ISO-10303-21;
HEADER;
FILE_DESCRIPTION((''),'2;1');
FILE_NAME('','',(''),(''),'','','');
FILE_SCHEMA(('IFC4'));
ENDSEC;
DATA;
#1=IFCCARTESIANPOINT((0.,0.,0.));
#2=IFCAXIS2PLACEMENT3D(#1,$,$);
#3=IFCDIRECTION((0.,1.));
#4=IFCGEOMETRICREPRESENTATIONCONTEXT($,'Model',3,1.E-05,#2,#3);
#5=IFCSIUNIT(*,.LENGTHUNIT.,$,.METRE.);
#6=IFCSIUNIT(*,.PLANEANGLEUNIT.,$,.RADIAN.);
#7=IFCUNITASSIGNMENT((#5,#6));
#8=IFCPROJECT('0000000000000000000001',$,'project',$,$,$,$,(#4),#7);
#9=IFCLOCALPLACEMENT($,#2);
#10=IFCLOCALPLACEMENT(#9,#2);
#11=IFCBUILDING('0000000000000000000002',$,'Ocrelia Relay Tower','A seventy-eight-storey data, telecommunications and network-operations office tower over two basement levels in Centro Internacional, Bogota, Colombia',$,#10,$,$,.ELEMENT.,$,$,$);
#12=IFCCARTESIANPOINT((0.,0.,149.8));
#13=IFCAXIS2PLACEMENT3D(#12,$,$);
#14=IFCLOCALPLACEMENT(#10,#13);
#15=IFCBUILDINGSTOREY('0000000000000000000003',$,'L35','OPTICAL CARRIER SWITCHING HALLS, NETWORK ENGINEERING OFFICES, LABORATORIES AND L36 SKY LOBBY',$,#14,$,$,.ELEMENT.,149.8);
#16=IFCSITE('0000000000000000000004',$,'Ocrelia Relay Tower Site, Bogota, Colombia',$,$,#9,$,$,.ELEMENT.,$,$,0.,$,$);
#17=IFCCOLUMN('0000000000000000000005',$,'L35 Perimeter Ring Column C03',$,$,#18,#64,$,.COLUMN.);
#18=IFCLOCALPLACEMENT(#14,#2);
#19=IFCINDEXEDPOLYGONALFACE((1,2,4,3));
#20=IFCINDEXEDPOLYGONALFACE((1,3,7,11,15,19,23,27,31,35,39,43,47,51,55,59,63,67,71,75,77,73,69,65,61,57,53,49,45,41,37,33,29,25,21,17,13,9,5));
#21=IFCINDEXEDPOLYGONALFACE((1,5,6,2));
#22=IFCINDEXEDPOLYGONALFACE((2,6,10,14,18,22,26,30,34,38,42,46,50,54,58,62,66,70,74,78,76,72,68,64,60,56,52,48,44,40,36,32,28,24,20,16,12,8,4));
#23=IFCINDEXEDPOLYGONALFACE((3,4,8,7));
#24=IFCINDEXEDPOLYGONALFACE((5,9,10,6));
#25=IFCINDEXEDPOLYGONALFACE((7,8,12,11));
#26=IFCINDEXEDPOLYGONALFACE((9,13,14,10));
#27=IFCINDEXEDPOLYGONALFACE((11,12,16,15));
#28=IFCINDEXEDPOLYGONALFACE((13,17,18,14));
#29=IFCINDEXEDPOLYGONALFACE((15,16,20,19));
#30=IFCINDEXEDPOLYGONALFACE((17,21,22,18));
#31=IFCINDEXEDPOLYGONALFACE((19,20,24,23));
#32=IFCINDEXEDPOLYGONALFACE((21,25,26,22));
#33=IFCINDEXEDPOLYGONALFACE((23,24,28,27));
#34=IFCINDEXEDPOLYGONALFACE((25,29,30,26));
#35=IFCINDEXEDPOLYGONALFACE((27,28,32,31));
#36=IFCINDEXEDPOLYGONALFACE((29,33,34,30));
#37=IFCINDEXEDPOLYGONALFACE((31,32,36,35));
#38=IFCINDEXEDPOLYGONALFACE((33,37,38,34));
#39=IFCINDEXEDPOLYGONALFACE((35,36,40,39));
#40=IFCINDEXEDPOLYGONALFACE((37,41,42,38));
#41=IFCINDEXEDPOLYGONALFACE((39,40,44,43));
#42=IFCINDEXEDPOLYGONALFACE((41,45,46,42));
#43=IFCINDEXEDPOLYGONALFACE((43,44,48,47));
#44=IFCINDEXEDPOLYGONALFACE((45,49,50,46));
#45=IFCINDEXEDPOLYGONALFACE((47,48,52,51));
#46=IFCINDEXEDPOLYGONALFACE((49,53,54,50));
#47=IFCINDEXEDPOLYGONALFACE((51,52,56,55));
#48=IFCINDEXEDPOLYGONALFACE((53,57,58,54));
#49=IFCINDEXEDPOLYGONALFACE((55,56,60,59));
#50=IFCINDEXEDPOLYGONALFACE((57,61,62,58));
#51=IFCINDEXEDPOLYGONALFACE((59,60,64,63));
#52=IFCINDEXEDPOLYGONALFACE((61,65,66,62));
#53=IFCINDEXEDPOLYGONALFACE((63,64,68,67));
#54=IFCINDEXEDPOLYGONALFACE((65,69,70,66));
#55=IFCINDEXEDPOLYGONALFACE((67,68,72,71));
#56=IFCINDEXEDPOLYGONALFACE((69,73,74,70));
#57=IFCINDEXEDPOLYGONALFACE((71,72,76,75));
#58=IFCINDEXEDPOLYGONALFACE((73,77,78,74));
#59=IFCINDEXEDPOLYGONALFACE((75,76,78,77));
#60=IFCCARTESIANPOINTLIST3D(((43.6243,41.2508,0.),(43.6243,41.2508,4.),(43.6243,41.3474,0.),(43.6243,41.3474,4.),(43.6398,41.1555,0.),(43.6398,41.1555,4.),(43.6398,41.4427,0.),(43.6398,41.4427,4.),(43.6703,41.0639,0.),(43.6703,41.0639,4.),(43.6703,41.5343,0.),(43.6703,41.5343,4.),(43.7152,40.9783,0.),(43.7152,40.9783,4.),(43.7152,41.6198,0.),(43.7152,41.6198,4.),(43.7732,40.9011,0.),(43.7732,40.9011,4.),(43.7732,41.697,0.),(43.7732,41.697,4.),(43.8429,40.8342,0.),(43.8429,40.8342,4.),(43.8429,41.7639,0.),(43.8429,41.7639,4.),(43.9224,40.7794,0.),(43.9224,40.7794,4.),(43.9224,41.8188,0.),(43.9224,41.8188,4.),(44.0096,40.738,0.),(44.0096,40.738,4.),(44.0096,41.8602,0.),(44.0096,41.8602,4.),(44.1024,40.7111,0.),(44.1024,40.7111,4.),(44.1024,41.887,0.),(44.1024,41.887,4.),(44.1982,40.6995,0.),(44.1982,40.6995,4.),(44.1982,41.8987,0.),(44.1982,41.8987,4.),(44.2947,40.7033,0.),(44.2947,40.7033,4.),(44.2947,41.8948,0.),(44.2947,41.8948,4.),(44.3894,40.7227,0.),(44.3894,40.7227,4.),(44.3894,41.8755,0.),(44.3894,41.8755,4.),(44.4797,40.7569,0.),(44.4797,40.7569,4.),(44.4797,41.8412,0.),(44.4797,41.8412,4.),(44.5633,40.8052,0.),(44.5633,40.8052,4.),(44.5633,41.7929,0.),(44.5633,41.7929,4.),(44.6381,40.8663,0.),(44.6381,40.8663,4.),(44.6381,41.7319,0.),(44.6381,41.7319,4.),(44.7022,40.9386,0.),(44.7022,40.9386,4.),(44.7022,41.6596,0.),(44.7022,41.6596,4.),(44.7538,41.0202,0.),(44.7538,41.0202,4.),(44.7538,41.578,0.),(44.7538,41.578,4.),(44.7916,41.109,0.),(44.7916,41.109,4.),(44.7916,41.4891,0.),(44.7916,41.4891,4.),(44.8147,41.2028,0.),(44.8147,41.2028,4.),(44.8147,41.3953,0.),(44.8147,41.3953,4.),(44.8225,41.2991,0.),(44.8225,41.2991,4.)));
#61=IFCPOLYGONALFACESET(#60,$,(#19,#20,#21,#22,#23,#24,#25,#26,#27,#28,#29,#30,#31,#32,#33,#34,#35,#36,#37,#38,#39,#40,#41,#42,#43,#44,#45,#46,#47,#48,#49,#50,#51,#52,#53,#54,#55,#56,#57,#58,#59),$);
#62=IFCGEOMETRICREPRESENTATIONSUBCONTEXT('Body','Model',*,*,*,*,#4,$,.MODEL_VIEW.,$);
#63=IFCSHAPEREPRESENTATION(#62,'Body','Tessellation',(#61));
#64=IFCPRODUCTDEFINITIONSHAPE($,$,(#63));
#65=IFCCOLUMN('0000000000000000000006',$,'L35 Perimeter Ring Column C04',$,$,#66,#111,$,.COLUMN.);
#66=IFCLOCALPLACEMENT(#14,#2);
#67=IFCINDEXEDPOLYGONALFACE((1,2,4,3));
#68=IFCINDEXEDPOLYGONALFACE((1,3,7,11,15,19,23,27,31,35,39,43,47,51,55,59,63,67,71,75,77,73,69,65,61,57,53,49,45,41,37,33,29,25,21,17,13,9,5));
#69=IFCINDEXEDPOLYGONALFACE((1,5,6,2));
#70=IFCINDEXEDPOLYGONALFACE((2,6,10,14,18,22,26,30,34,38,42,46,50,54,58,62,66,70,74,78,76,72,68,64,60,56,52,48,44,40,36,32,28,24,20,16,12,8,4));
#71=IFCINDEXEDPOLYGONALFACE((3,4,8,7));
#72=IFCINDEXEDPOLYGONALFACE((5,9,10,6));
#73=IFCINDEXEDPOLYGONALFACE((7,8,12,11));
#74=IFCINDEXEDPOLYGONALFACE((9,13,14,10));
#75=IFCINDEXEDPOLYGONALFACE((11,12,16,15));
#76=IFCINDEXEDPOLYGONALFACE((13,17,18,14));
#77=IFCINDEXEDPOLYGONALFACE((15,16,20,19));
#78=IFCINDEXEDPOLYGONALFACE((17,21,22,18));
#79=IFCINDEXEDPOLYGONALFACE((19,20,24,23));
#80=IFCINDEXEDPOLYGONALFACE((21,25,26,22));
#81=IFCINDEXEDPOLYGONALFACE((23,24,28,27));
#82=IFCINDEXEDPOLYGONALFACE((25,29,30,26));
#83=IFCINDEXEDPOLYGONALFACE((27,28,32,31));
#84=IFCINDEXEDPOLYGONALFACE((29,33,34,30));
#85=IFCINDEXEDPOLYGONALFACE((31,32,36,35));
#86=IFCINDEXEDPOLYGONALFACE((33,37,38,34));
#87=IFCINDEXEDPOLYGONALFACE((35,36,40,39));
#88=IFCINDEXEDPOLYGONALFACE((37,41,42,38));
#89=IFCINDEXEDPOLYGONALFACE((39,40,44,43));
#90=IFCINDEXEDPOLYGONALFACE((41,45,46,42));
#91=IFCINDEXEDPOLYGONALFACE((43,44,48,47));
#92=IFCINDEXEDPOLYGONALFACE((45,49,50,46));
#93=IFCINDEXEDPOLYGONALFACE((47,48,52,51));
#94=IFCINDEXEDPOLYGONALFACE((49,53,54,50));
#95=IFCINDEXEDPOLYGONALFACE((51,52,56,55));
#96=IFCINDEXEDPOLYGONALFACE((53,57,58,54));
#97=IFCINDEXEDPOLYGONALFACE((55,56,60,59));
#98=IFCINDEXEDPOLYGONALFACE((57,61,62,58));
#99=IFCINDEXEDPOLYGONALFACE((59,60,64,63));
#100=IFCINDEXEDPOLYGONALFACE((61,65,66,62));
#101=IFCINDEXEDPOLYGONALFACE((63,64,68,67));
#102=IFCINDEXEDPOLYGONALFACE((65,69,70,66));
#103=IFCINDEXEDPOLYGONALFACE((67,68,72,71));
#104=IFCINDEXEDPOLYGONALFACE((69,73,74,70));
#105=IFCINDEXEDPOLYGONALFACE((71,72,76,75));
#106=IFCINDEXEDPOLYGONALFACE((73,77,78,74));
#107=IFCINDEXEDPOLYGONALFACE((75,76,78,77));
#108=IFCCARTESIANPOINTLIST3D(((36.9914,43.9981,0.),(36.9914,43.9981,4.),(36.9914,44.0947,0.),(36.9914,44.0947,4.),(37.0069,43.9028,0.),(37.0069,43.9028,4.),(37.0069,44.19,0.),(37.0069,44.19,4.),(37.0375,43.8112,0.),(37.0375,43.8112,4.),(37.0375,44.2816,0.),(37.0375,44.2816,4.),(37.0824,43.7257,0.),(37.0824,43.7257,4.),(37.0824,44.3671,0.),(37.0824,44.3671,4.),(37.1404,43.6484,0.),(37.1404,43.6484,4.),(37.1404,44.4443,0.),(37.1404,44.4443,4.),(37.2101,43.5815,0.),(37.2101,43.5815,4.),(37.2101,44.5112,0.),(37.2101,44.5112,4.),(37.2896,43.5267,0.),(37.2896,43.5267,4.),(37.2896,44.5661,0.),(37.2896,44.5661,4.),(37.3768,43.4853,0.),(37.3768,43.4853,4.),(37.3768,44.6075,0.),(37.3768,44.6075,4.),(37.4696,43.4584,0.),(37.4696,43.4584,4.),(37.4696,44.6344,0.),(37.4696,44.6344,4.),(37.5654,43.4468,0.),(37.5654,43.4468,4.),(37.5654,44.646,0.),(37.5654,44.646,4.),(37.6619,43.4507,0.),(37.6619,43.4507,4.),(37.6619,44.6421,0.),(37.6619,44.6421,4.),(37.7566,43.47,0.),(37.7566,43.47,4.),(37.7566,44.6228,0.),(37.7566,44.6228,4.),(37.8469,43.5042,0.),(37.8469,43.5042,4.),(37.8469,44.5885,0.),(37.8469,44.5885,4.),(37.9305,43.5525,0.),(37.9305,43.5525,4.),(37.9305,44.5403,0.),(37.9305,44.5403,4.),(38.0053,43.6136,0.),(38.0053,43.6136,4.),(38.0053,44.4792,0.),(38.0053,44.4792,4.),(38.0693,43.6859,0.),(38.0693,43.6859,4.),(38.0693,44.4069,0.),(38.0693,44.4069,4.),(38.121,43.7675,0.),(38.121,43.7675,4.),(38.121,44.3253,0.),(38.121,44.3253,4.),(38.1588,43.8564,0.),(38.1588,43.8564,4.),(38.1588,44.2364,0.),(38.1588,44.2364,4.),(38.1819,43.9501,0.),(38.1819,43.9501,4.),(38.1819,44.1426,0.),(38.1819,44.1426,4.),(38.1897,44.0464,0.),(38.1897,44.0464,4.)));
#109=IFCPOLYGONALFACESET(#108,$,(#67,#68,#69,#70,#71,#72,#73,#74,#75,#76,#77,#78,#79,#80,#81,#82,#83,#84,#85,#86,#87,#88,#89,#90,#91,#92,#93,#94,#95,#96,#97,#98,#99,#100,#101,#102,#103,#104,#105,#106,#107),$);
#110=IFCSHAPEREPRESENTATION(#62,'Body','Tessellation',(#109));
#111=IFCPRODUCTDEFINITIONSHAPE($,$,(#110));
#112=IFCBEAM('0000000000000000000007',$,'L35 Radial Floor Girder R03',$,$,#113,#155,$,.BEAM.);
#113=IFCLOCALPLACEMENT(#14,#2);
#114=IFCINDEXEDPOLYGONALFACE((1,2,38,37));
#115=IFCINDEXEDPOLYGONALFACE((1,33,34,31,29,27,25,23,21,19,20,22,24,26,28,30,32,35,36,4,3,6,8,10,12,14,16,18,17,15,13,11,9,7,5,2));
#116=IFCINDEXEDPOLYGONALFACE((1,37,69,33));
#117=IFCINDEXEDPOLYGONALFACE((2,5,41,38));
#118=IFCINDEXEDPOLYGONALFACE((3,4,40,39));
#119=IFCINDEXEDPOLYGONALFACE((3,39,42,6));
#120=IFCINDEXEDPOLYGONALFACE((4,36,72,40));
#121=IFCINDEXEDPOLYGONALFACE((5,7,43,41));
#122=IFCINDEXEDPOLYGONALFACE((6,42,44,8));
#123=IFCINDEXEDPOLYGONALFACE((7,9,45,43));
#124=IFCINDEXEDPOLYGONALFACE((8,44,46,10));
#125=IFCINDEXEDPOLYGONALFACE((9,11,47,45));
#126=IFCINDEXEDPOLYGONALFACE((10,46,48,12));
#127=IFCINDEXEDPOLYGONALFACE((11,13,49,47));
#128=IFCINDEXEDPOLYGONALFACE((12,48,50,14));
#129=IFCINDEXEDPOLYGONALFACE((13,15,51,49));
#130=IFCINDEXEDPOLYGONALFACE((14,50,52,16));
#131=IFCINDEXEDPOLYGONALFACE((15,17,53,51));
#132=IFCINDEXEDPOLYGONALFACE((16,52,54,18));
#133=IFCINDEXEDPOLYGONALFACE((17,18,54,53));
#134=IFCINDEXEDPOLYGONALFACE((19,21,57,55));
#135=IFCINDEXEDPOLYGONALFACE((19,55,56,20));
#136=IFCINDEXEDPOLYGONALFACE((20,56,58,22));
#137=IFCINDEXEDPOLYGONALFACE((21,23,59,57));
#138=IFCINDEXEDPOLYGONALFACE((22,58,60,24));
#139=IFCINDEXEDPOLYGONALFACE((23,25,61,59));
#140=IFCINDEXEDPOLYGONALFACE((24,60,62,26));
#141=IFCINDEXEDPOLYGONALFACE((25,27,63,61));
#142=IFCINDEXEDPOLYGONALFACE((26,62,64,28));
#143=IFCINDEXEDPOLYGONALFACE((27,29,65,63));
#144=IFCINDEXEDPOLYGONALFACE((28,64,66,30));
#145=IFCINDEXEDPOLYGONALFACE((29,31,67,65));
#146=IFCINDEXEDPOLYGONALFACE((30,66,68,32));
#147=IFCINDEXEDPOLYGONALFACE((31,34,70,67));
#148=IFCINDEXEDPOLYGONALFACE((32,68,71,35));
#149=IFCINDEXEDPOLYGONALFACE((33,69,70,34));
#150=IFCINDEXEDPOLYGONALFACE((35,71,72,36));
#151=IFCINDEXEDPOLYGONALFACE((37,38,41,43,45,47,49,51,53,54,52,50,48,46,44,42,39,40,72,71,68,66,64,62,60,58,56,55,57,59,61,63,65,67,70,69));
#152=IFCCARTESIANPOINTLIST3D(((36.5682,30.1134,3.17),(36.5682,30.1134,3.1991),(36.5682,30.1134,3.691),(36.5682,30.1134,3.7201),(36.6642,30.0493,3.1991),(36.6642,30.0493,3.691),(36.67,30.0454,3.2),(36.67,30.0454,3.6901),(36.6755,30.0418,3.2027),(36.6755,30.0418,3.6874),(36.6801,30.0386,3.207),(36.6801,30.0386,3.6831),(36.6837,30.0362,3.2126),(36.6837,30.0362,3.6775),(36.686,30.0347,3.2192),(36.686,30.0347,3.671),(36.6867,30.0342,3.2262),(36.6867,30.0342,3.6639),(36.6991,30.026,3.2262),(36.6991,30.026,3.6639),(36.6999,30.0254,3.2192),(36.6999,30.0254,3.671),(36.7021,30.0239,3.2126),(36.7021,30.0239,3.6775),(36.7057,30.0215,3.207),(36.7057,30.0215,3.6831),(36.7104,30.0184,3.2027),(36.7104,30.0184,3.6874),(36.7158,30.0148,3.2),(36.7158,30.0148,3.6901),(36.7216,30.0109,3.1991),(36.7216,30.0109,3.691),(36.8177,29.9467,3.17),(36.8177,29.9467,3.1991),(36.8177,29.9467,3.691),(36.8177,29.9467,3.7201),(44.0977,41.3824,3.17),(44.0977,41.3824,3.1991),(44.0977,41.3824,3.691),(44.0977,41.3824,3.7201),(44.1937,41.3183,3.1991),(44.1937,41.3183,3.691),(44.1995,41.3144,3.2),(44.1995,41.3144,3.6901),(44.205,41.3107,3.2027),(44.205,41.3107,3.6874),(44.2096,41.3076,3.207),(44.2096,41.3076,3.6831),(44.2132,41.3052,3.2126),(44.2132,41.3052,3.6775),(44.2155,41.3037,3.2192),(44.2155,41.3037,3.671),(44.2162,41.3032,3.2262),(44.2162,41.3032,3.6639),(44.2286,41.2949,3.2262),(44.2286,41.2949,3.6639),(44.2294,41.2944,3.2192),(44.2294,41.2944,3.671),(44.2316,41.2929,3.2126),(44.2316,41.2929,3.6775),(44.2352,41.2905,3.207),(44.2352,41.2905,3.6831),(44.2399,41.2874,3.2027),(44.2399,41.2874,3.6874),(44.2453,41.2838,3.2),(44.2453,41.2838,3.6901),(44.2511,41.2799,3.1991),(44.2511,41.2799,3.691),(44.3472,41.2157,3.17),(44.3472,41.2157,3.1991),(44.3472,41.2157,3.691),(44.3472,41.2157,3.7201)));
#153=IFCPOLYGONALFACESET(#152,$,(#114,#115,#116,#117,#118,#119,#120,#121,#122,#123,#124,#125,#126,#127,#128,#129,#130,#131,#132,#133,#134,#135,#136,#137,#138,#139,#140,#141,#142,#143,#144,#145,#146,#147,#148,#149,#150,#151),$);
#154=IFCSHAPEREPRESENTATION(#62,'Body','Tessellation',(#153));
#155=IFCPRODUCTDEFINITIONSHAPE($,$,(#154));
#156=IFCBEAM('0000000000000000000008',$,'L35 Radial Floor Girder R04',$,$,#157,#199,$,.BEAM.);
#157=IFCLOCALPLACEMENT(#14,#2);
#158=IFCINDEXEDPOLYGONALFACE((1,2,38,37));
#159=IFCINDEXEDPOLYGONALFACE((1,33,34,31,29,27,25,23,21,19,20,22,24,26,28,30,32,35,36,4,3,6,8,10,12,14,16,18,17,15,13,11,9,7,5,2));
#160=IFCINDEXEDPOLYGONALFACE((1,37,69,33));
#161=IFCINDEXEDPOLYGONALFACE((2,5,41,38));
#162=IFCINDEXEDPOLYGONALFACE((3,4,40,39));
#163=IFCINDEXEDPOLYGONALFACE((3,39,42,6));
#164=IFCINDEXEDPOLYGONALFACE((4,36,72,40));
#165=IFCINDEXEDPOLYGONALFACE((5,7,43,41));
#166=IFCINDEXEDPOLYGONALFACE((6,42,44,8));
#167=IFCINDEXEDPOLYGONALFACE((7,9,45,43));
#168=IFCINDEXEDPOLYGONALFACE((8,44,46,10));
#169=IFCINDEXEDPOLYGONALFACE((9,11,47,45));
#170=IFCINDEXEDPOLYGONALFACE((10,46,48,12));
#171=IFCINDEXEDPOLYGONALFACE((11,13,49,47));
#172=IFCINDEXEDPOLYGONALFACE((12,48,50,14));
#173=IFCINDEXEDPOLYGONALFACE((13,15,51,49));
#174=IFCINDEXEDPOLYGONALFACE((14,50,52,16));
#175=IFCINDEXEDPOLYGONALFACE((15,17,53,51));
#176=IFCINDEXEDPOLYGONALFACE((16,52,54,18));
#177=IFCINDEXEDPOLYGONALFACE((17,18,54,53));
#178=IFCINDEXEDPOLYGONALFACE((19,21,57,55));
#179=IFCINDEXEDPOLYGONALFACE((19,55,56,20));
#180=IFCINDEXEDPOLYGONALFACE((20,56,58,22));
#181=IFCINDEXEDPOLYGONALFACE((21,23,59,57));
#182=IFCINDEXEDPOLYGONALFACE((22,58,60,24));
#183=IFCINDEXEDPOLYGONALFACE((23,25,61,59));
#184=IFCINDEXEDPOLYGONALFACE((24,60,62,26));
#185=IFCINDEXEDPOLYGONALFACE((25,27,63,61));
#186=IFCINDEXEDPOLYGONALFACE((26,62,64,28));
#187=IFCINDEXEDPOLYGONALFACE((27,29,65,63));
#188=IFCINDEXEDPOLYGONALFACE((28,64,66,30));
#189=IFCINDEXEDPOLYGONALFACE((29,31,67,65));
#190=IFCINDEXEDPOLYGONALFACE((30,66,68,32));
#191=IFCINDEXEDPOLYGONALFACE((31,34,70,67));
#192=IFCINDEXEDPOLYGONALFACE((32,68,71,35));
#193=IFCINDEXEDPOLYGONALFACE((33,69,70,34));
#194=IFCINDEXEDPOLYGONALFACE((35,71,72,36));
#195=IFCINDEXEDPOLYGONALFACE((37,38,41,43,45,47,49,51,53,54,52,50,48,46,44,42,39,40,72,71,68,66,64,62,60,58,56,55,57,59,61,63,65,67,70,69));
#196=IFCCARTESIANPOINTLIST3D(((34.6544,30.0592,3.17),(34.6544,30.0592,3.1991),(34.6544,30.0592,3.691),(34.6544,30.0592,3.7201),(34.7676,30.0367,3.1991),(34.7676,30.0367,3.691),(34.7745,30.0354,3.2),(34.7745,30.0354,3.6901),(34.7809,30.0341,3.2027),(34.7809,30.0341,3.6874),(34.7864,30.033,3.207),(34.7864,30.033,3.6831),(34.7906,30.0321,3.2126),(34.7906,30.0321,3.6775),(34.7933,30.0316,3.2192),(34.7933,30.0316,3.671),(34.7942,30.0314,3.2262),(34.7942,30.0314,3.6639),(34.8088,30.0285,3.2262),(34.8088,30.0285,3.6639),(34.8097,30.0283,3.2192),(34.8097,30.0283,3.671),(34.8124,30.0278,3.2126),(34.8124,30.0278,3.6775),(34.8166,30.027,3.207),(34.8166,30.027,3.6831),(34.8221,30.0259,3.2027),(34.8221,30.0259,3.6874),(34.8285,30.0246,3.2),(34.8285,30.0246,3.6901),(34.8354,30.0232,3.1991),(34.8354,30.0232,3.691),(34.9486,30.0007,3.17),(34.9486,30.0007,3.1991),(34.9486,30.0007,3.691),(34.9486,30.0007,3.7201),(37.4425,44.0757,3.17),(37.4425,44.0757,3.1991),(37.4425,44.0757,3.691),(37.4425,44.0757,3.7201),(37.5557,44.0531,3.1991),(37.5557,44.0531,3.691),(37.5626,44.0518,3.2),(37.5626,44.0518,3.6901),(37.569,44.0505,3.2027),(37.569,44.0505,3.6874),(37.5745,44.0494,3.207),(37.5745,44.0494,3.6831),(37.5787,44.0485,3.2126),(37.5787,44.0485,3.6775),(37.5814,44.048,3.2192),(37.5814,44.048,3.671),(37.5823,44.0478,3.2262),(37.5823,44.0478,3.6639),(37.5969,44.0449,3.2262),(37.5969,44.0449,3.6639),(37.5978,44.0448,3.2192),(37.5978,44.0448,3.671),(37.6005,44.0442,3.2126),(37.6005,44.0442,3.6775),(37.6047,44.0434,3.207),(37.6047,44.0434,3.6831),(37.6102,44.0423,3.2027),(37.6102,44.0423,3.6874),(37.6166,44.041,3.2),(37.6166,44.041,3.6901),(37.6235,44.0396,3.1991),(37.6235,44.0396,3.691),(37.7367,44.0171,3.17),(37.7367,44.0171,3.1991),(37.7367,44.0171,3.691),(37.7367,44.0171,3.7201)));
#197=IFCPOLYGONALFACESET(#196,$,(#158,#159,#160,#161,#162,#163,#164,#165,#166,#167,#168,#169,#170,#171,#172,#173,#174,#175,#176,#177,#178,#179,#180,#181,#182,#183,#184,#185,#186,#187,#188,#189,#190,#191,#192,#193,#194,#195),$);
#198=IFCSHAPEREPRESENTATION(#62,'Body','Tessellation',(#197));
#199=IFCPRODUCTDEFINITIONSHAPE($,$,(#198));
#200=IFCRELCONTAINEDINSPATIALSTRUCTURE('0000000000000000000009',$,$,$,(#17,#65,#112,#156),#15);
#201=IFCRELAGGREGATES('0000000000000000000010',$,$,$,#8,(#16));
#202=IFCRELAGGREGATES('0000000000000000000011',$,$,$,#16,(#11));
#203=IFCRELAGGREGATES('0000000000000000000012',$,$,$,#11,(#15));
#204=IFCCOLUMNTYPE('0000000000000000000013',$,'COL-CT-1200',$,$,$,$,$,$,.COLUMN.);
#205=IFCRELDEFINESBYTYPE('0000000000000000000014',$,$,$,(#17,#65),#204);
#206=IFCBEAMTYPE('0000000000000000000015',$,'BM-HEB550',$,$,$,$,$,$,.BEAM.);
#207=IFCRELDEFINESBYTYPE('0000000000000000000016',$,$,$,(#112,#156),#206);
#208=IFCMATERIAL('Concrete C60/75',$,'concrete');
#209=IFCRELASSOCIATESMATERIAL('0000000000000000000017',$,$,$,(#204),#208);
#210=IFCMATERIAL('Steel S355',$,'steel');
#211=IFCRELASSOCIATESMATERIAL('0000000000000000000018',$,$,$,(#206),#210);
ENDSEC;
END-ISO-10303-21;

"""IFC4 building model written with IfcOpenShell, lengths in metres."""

from ifc_helpers import new_model, si_unit, direction, frame, origin, origin_2d, place, context, subcontext, project, spatial, circle, i_section, extrude, material, material_profile, profile_set, type_object, element, save


model = new_model("IFC4")

# Units and contexts
model_context = context("Model", 3, precision=1e-05, world=origin(), true_north=direction((0.0, 1.0)))
body_context = subcontext(model_context, "Body", "Model", "MODEL_VIEW")
ifc_project = project(units=[si_unit("LENGTHUNIT", "METRE"), si_unit("PLANEANGLEUNIT", "RADIAN")], contexts=[model_context])

# Site, building, storey
site_placement = place(None, origin())
site = spatial("IfcSite", under=ifc_project, at=site_placement, Name="Ocrelia Relay Tower Site, Bogota, Colombia", CompositionType="ELEMENT", RefElevation=0.0)
building_placement = place(site_placement, origin())
building = spatial("IfcBuilding", under=site, at=building_placement, Name="Ocrelia Relay Tower", Description="A seventy-eight-storey data, telecommunications and network-operations office tower over two basement levels in Centro Internacional, Bogota, Colombia", CompositionType="ELEMENT")
storey_placement = place(building_placement, frame((0.0, 0.0, 149.8)))
storey = spatial("IfcBuildingStorey", under=building, at=storey_placement, Name="L35", Description="OPTICAL CARRIER SWITCHING HALLS, NETWORK ENGINEERING OFFICES, LABORATORIES AND L36 SKY LOBBY", CompositionType="ELEMENT", Elevation=149.8)

# Columns
ifc_material_1 = material(Name="Concrete C60/75", Category="concrete")
ifc_material_profile_1 = material_profile(ifc_material_1, circle(Radius=0.6001, at=origin_2d()), Name="RC-CIR-1200")
ifc_profile_set_1 = profile_set([ifc_material_profile_1], Name="Concrete C60/75")
column_type = type_object("IfcColumnType", Name="COL-CT-1200", PredefinedType="COLUMN", material=ifc_profile_set_1)
for number, where, z_axis, x_axis, name in (
    (1, (44.2224, 41.2991, 0.0), (0.0, 0.0, 1.0), (1.0, 0.0, 0.0), "L35 Perimeter Ring Column C03"),
    (2, (37.5896, 44.0464, 0.0), (0.0, 0.0, 1.0), (1.0, 0.0, 0.0), "L35 Perimeter Ring Column C04"),
):
    element("IfcColumn", number, at=place(storey_placement, frame(where, z_axis=z_axis, x_axis=x_axis)), inside=storey, type_object=column_type, Name=name, PredefinedType="COLUMN", context=body_context, shape_type="SweptSolid", body=[
        extrude(circle(Radius=0.6001, at=origin_2d()), origin(), (0.0, 0.0, 1.0), 4.0),
    ])

# Beams
ifc_material_2 = material(Name="Steel S355", Category="steel")
ifc_material_profile_2 = material_profile(ifc_material_2, i_section(OverallWidth=0.3, OverallDepth=0.55, WebThickness=0.0149, FlangeThickness=0.0291, FilletRadius=0.0271, at=origin_2d()), Name="HEB 550")
ifc_profile_set_2 = profile_set([ifc_material_profile_2], Name="Steel S355")
beam_type_1 = type_object("IfcBeamType", Name="BM-HEB550", PredefinedType="BEAM", material=ifc_profile_set_2)
beam_1_placement = place(storey_placement, frame((44.2224, 41.2991, 3.4451), z_axis=(-0.55556, -0.831476, 0.0), x_axis=(0.831476, -0.55556, 0.0)))
element("IfcBeam", 3, at=beam_1_placement, inside=storey, type_object=beam_type_1, Name="L35 Radial Floor Girder R03", PredefinedType="BEAM", context=body_context, shape_type="SweptSolid", body=[
    extrude(i_section(OverallWidth=0.3, OverallDepth=0.55, WebThickness=0.0149, FlangeThickness=0.0291, FilletRadius=0.0271, at=origin_2d()), origin(), (0.0, 0.0, 1.0), 13.553),
])
beam_2_placement = place(storey_placement, frame((37.5896, 44.0464, 3.4451), z_axis=(-0.195094, -0.980784, 0.0), x_axis=(0.980784, -0.195094, 0.0)))
element("IfcBeam", 4, at=beam_2_placement, inside=storey, type_object=beam_type_1, Name="L35 Radial Floor Girder R04", PredefinedType="BEAM", context=body_context, shape_type="SweptSolid", body=[
    extrude(i_section(OverallWidth=0.3, OverallDepth=0.55, WebThickness=0.0149, FlangeThickness=0.0291, FilletRadius=0.0271, at=origin_2d()), origin(), (0.0, 0.0, 1.0), 14.291),
])

save(model, "model.ifc")
